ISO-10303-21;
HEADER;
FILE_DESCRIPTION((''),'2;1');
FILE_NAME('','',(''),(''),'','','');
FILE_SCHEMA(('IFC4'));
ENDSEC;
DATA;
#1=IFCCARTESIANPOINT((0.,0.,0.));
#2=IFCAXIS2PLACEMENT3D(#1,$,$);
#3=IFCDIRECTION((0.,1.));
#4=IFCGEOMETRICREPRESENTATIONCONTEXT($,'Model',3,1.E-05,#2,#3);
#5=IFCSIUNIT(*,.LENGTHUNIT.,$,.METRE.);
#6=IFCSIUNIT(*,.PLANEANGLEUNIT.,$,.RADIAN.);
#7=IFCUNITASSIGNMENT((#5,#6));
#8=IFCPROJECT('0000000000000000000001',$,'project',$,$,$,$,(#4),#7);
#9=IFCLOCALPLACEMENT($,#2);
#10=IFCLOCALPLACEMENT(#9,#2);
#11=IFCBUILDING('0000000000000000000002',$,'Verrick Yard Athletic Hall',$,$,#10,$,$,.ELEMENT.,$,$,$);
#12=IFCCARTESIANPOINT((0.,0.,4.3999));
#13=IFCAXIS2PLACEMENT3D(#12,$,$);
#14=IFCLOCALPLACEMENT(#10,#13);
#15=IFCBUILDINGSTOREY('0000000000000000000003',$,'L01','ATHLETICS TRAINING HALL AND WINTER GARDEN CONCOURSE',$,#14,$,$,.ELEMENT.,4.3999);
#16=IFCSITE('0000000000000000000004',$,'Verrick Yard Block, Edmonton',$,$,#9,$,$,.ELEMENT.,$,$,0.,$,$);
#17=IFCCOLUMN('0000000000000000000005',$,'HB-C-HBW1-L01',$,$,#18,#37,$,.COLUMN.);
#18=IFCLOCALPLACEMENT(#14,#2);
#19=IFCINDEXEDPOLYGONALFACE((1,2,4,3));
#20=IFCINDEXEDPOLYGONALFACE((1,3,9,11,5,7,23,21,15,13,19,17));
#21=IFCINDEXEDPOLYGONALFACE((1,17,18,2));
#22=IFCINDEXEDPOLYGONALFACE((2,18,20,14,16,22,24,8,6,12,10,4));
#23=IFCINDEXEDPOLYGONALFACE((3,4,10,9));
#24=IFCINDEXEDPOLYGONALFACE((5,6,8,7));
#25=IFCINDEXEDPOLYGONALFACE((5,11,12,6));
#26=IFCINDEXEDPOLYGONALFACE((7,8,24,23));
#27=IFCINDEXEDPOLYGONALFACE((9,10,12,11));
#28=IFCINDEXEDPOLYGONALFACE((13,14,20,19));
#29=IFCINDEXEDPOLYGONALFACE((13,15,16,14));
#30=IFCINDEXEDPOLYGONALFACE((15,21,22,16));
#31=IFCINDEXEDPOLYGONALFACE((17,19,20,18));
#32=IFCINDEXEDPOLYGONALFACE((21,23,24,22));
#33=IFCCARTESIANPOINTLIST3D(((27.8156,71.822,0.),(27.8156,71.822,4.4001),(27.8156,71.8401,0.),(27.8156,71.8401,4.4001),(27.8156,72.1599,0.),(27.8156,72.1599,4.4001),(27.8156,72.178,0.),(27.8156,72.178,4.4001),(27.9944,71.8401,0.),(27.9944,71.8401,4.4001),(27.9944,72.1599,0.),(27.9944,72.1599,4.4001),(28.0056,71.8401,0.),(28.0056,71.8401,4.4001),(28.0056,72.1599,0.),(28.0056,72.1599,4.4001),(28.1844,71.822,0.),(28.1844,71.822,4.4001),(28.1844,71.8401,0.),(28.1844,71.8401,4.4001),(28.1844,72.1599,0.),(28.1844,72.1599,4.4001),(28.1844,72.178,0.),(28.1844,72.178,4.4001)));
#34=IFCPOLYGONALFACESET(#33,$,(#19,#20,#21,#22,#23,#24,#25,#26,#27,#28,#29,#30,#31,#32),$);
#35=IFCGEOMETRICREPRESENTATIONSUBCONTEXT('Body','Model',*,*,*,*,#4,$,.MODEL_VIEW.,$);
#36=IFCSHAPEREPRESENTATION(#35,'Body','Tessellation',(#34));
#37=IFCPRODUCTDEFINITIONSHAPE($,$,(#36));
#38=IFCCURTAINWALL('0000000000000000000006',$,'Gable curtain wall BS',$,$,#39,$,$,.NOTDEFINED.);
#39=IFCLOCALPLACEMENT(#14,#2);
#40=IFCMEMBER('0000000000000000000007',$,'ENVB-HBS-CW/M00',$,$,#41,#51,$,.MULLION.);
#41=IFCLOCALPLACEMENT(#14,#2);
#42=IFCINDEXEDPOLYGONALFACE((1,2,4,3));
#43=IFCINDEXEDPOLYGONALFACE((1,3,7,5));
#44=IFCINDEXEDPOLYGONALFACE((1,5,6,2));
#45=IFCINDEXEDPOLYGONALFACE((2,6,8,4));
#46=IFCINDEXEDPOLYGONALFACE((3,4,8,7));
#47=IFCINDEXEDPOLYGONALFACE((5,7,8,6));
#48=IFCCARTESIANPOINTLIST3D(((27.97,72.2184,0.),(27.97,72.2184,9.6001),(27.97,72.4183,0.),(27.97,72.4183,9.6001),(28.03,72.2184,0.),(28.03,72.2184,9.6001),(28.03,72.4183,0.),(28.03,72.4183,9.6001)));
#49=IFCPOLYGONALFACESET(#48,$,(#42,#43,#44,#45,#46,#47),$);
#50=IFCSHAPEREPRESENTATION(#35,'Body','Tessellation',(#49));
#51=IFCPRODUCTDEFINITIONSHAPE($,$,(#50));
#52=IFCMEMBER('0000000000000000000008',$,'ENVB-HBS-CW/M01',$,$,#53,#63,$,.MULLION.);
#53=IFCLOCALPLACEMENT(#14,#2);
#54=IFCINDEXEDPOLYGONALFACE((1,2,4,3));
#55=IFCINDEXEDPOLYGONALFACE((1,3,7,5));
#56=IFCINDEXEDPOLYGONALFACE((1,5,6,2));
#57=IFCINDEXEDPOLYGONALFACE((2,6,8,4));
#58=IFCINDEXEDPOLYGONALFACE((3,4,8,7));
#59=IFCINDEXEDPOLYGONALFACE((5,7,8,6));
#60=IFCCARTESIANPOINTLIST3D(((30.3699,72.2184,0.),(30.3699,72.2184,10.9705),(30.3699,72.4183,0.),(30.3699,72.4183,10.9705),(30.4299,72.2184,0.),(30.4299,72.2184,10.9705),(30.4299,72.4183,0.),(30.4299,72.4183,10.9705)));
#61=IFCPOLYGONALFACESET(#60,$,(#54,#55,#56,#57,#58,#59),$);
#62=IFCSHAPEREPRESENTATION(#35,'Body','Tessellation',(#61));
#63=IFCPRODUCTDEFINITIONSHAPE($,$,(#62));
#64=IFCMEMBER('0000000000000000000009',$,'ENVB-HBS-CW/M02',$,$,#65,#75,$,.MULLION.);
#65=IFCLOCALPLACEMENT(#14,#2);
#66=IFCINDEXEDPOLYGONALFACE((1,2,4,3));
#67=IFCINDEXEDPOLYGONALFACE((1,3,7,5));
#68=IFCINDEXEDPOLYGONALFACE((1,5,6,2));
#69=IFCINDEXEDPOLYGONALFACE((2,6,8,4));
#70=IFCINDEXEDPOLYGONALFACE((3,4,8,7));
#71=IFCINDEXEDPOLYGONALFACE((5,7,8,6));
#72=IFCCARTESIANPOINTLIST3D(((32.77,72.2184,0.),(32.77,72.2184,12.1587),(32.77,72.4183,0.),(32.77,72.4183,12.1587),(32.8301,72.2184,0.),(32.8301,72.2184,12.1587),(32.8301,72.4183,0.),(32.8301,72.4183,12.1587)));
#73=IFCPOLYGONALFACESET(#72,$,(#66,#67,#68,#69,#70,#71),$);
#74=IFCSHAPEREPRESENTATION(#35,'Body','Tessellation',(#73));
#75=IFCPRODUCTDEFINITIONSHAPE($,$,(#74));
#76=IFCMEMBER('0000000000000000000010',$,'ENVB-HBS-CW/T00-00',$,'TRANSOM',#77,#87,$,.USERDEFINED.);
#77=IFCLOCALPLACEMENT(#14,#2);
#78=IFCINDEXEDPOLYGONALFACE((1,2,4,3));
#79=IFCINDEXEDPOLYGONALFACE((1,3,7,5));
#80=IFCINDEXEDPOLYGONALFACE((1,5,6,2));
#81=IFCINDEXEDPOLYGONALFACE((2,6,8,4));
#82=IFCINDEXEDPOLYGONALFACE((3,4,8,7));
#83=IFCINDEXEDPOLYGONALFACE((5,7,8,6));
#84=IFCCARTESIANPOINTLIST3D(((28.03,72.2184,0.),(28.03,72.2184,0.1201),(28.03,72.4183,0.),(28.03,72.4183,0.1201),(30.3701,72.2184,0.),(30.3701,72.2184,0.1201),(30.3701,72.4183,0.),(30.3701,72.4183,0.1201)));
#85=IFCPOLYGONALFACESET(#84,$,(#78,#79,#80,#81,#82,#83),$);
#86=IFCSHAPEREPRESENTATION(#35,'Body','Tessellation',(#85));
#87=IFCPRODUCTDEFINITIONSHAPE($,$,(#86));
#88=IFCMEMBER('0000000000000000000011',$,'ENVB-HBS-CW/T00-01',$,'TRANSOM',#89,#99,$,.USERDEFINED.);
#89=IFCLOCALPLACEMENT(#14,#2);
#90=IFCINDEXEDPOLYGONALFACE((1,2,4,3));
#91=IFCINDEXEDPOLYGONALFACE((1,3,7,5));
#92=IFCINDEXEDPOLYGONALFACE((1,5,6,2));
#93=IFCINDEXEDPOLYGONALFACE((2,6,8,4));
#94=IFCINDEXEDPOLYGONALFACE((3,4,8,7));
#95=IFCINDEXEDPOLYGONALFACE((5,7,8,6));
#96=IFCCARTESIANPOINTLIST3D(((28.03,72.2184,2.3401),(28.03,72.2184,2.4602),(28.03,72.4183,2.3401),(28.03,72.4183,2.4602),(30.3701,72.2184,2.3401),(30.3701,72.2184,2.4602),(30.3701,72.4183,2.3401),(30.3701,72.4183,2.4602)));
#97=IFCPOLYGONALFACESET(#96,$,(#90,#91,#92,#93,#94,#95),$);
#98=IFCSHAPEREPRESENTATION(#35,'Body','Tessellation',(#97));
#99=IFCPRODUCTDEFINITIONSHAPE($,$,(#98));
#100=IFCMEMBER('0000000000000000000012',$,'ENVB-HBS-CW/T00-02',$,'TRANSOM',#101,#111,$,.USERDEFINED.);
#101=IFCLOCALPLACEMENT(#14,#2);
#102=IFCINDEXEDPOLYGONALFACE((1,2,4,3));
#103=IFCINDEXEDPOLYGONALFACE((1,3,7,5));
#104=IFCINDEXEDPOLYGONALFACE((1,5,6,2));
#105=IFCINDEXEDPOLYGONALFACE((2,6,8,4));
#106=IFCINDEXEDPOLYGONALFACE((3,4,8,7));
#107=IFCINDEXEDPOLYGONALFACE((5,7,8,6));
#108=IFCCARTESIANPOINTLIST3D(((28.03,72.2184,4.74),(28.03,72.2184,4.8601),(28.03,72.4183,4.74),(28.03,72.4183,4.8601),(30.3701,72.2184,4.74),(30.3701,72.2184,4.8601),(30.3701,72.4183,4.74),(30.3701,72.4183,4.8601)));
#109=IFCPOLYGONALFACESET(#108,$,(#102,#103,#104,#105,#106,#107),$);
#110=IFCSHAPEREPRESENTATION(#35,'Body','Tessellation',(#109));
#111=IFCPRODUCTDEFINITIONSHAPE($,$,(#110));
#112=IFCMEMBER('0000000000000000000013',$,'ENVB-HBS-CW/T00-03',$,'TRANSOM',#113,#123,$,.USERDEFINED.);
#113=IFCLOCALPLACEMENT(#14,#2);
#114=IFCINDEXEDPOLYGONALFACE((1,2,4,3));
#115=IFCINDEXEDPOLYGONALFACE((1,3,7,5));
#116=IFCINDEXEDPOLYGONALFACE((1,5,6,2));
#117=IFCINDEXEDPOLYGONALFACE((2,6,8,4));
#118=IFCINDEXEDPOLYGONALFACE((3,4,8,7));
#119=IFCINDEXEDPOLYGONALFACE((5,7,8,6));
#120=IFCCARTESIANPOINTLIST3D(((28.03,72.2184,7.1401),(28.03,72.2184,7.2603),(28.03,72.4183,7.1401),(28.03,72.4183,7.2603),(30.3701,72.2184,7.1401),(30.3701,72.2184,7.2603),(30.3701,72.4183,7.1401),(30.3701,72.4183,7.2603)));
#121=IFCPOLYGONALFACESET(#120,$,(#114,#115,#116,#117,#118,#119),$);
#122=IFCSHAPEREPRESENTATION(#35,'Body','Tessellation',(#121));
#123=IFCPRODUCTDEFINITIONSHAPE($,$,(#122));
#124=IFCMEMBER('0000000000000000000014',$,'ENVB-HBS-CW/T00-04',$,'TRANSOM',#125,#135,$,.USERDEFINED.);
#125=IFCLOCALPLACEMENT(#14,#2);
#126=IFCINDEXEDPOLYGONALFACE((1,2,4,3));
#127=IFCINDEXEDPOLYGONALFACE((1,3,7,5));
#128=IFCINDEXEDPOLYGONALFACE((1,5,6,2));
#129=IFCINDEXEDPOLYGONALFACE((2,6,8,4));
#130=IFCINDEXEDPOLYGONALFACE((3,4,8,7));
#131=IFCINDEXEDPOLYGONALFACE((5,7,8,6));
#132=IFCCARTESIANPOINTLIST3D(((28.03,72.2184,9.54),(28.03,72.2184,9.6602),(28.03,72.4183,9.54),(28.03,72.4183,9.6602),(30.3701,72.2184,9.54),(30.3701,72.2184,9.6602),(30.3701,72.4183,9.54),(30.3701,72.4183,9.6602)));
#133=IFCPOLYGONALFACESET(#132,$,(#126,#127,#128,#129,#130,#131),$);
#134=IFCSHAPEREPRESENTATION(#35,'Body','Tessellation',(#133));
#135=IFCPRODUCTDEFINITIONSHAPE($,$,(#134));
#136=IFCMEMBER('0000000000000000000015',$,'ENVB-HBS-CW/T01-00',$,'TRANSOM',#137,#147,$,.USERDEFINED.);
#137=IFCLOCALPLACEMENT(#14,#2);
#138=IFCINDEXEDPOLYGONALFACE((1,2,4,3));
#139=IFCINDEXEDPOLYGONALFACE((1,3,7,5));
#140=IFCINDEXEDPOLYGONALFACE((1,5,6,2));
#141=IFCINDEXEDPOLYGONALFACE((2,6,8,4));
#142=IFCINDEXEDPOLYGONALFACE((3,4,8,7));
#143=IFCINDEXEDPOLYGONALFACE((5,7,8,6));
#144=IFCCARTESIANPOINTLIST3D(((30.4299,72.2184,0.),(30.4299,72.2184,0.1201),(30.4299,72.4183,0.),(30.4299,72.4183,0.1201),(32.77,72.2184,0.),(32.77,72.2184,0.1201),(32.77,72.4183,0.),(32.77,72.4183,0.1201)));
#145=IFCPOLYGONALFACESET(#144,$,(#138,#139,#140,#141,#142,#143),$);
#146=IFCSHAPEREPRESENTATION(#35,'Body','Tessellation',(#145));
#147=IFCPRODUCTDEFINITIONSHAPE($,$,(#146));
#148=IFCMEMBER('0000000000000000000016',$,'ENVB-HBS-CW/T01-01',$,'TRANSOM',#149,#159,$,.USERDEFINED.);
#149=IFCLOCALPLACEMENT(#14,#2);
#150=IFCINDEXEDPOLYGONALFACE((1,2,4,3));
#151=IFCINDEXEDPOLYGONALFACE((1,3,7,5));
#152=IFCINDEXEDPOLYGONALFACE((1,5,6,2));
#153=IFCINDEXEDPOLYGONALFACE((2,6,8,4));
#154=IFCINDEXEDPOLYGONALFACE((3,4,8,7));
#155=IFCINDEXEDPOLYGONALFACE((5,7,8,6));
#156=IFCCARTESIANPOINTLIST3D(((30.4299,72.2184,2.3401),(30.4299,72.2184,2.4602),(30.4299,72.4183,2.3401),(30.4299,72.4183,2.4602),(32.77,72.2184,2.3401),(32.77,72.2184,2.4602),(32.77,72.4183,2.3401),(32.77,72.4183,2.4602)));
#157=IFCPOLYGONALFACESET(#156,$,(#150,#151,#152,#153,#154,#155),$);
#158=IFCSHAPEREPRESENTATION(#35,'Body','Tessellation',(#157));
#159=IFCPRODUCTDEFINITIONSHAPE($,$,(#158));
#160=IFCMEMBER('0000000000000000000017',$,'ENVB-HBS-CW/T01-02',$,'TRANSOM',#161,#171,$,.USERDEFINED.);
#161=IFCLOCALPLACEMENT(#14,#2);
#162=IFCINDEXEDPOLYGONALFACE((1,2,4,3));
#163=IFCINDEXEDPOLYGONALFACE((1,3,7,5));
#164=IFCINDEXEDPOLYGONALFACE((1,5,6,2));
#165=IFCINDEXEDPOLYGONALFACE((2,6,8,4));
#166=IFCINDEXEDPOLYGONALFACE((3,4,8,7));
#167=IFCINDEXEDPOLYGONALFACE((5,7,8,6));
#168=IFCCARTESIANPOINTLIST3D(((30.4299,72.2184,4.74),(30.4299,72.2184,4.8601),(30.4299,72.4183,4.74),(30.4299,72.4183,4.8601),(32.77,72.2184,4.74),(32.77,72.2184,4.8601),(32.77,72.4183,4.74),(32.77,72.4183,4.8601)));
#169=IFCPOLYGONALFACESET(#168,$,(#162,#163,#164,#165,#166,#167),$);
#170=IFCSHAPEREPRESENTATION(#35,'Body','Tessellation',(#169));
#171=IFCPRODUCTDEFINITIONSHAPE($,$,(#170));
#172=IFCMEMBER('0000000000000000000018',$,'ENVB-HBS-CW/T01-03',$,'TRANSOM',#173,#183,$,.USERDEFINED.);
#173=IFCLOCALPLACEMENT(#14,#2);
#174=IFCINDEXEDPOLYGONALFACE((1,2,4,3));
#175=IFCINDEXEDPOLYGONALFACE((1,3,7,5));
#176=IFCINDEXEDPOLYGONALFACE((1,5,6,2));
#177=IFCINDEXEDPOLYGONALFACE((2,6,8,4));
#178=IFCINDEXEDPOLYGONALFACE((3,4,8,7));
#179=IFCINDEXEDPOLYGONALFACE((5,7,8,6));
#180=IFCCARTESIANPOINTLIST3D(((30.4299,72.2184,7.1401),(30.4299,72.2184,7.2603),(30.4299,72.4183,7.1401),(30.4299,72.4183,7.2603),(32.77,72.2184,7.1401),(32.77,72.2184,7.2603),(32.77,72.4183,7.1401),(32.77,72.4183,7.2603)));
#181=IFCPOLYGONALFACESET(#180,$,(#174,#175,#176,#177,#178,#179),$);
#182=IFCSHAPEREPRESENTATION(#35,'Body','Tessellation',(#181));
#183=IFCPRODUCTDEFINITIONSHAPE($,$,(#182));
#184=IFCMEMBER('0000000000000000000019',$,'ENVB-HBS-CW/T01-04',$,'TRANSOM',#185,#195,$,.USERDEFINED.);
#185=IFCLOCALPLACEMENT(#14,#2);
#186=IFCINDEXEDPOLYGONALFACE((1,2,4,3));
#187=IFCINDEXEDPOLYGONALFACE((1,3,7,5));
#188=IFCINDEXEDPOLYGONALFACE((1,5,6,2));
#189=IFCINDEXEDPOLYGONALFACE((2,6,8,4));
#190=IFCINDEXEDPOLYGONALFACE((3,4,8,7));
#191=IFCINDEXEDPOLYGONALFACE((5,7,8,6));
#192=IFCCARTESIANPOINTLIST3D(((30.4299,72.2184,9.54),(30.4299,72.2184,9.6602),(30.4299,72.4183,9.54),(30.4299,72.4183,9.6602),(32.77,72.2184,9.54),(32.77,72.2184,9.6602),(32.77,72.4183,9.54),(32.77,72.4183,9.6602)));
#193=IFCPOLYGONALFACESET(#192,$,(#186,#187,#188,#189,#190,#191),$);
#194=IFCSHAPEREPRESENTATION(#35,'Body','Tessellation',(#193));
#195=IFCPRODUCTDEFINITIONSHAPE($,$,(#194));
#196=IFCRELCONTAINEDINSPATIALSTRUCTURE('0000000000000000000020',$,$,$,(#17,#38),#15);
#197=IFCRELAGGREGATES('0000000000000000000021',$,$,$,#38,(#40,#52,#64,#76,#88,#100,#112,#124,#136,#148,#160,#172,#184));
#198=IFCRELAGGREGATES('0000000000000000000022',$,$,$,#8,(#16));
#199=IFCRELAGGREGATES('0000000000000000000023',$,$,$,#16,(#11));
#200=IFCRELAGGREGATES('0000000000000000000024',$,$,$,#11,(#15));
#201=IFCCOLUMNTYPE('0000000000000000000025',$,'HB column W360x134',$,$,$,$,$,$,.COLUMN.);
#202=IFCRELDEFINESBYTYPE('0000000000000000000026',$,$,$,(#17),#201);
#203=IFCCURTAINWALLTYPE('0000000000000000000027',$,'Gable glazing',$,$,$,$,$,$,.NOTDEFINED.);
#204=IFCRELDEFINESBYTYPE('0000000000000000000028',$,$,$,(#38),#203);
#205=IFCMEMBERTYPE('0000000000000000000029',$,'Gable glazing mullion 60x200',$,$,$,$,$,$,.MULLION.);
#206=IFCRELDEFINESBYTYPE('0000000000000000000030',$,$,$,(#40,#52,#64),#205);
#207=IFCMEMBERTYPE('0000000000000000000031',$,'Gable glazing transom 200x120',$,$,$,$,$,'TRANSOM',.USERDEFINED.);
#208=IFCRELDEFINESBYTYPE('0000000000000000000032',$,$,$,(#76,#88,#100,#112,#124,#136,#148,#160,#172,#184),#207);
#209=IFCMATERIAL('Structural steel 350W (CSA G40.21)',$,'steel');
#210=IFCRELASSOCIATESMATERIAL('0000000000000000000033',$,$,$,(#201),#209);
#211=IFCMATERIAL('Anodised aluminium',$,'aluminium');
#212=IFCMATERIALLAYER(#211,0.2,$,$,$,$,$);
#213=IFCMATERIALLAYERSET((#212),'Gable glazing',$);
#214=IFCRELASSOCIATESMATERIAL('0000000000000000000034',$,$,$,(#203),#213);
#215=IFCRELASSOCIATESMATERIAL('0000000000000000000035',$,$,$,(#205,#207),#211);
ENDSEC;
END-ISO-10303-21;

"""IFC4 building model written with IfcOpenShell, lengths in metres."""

from ifc_helpers import new_model, si_unit, direction, frame, origin, origin_2d, place, context, subcontext, project, spatial, rectangle, i_section, extrude, material, layer, layer_set, material_profile, profile_set, type_object, element, aggregate, save


model = new_model("IFC4")

# Units and contexts
model_context = context("Model", 3, precision=1e-05, world=origin(), true_north=direction((0.0, 1.0)))
body_context = subcontext(model_context, "Body", "Model", "MODEL_VIEW")
ifc_project = project(units=[si_unit("LENGTHUNIT", "METRE"), si_unit("PLANEANGLEUNIT", "RADIAN")], contexts=[model_context])

# Site, building, storey
site_placement = place(None, origin())
site = spatial("IfcSite", under=ifc_project, at=site_placement, Name="Verrick Yard Block, Edmonton", CompositionType="ELEMENT", RefElevation=0.0)
building_placement = place(site_placement, origin())
building = spatial("IfcBuilding", under=site, at=building_placement, Name="Verrick Yard Athletic Hall", CompositionType="ELEMENT")
storey_placement = place(building_placement, frame((0.0, 0.0, 4.3999)))
storey = spatial("IfcBuildingStorey", under=building, at=storey_placement, Name="L01", Description="ATHLETICS TRAINING HALL AND WINTER GARDEN CONCOURSE", CompositionType="ELEMENT", Elevation=4.3999)

# Column
ifc_material_1 = material(Name="Structural steel 350W (CSA G40.21)", Category="steel")
ifc_material_profile_1 = material_profile(ifc_material_1, i_section(OverallWidth=0.3689, OverallDepth=0.356, WebThickness=0.0112, FlangeThickness=0.0181, at=origin_2d()), Name="W360x134")
ifc_profile_set_1 = profile_set([ifc_material_profile_1], Name="Structural steel 350W (CSA G40.21)")
column_type = type_object("IfcColumnType", Name="HB column W360x134", PredefinedType="COLUMN", material=ifc_profile_set_1)
column_placement = place(storey_placement, frame((28.0, 72.0, 0.0), z_axis=(0.0, 0.0, 1.0), x_axis=(1.0, 0.0, 0.0)))
element("IfcColumn", 1, at=column_placement, inside=storey, type_object=column_type, Name="HB-C-HBW1-L01", PredefinedType="COLUMN", context=body_context, shape_type="SweptSolid", body=[
    extrude(i_section(OverallWidth=0.3689, OverallDepth=0.356, WebThickness=0.0112, FlangeThickness=0.0181, at=origin_2d()), origin(), (0.0, 0.0, 1.0), 4.4001),
])

# Curtain wall, members
ifc_material_2 = material(Name="Anodised aluminium", Category="aluminium")
ifc_layer_1 = layer(ifc_material_2, 0.2)
ifc_layer_set_1 = layer_set([ifc_layer_1], Name="Gable glazing")
curtain_wall_type = type_object("IfcCurtainWallType", Name="Gable glazing", PredefinedType="NOTDEFINED", material=ifc_layer_set_1)
curtain_wall_placement = place(storey_placement, origin())
curtain_wall = element("IfcCurtainWall", 2, at=curtain_wall_placement, inside=storey, type_object=curtain_wall_type, Name="Gable curtain wall BS", PredefinedType="NOTDEFINED")
ifc_material_profile_2 = material_profile(ifc_material_2, rectangle(XDim=0.2, YDim=0.0601, at=origin_2d()), Name="CW gable mullion 60x200")
ifc_profile_set_2 = profile_set([ifc_material_profile_2], Name="Anodised aluminium")
member_type_1 = type_object("IfcMemberType", Name="Gable glazing mullion 60x200", PredefinedType="MULLION", material=ifc_profile_set_2)
member_1_placement = place(storey_placement, frame((28.0, 72.3184, 0.0), z_axis=(0.0, 0.0, 1.0), x_axis=(0.0, 1.0, 0.0)))
member_1 = element("IfcMember", 3, at=member_1_placement, type_object=member_type_1, Name="ENVB-HBS-CW/M00", PredefinedType="MULLION", context=body_context, shape_type="SweptSolid", body=[
    extrude(rectangle(XDim=0.2, YDim=0.0601, at=origin_2d()), origin(), (0.0, 0.0, 1.0), 9.6001),
])
member_2_placement = place(storey_placement, frame((30.3999, 72.3184, 0.0), z_axis=(0.0, 0.0, 1.0), x_axis=(0.0, 1.0, 0.0)))
member_2 = element("IfcMember", 4, at=member_2_placement, type_object=member_type_1, Name="ENVB-HBS-CW/M01", PredefinedType="MULLION", context=body_context, shape_type="SweptSolid", body=[
    extrude(rectangle(XDim=0.2, YDim=0.0601, at=origin_2d()), origin(), (0.0, 0.0, 1.0), 10.9705),
])
member_3_placement = place(storey_placement, frame((32.8, 72.3184, 0.0), z_axis=(0.0, 0.0, 1.0), x_axis=(0.0, 1.0, 0.0)))
member_3 = element("IfcMember", 5, at=member_3_placement, type_object=member_type_1, Name="ENVB-HBS-CW/M02", PredefinedType="MULLION", context=body_context, shape_type="SweptSolid", body=[
    extrude(rectangle(XDim=0.2, YDim=0.0601, at=origin_2d()), origin(), (0.0, 0.0, 1.0), 12.1587),
])
ifc_material_profile_3 = material_profile(ifc_material_2, rectangle(XDim=0.2, YDim=0.1201, at=origin_2d()), Name="CW gable transom 200x120")
ifc_profile_set_3 = profile_set([ifc_material_profile_3], Name="Anodised aluminium")
member_type_2 = type_object("IfcMemberType", Name="Gable glazing transom 200x120", ElementType="TRANSOM", PredefinedType="USERDEFINED", material=ifc_profile_set_3)
member_4_placement = place(storey_placement, frame((28.03, 72.3184, 0.0601), z_axis=(1.0, 0.0, 0.0), x_axis=(0.0, 1.0, 0.0)))
member_4 = element("IfcMember", 6, at=member_4_placement, type_object=member_type_2, Name="ENVB-HBS-CW/T00-00", ObjectType="TRANSOM", PredefinedType="USERDEFINED", context=body_context, shape_type="SweptSolid", body=[
    extrude(rectangle(XDim=0.2, YDim=0.1201, at=origin_2d()), origin(), (0.0, 0.0, 1.0), 2.3401),
])
member_5_placement = place(storey_placement, frame((28.03, 72.3184, 2.4001), z_axis=(1.0, 0.0, 0.0), x_axis=(0.0, 1.0, 0.0)))
member_5 = element("IfcMember", 7, at=member_5_placement, type_object=member_type_2, Name="ENVB-HBS-CW/T00-01", ObjectType="TRANSOM", PredefinedType="USERDEFINED", context=body_context, shape_type="SweptSolid", body=[
    extrude(rectangle(XDim=0.2, YDim=0.1201, at=origin_2d()), origin(), (0.0, 0.0, 1.0), 2.3401),
])
member_6_placement = place(storey_placement, frame((28.03, 72.3184, 4.8), z_axis=(1.0, 0.0, 0.0), x_axis=(0.0, 1.0, 0.0)))
member_6 = element("IfcMember", 8, at=member_6_placement, type_object=member_type_2, Name="ENVB-HBS-CW/T00-02", ObjectType="TRANSOM", PredefinedType="USERDEFINED", context=body_context, shape_type="SweptSolid", body=[
    extrude(rectangle(XDim=0.2, YDim=0.1201, at=origin_2d()), origin(), (0.0, 0.0, 1.0), 2.3401),
])
member_7_placement = place(storey_placement, frame((28.03, 72.3184, 7.2002), z_axis=(1.0, 0.0, 0.0), x_axis=(0.0, 1.0, 0.0)))
member_7 = element("IfcMember", 9, at=member_7_placement, type_object=member_type_2, Name="ENVB-HBS-CW/T00-03", ObjectType="TRANSOM", PredefinedType="USERDEFINED", context=body_context, shape_type="SweptSolid", body=[
    extrude(rectangle(XDim=0.2, YDim=0.1201, at=origin_2d()), origin(), (0.0, 0.0, 1.0), 2.3401),
])
member_8_placement = place(storey_placement, frame((28.03, 72.3184, 9.6001), z_axis=(1.0, 0.0, 0.0), x_axis=(0.0, 1.0, 0.0)))
member_8 = element("IfcMember", 10, at=member_8_placement, type_object=member_type_2, Name="ENVB-HBS-CW/T00-04", ObjectType="TRANSOM", PredefinedType="USERDEFINED", context=body_context, shape_type="SweptSolid", body=[
    extrude(rectangle(XDim=0.2, YDim=0.1201, at=origin_2d()), origin(), (0.0, 0.0, 1.0), 2.3401),
])
member_9_placement = place(storey_placement, frame((30.4299, 72.3184, 0.0601), z_axis=(1.0, 0.0, 0.0), x_axis=(0.0, 1.0, 0.0)))
member_9 = element("IfcMember", 11, at=member_9_placement, type_object=member_type_2, Name="ENVB-HBS-CW/T01-00", ObjectType="TRANSOM", PredefinedType="USERDEFINED", context=body_context, shape_type="SweptSolid", body=[
    extrude(rectangle(XDim=0.2, YDim=0.1201, at=origin_2d()), origin(), (0.0, 0.0, 1.0), 2.3401),
])
member_10_placement = place(storey_placement, frame((30.4299, 72.3184, 2.4001), z_axis=(1.0, 0.0, 0.0), x_axis=(0.0, 1.0, 0.0)))
member_10 = element("IfcMember", 12, at=member_10_placement, type_object=member_type_2, Name="ENVB-HBS-CW/T01-01", ObjectType="TRANSOM", PredefinedType="USERDEFINED", context=body_context, shape_type="SweptSolid", body=[
    extrude(rectangle(XDim=0.2, YDim=0.1201, at=origin_2d()), origin(), (0.0, 0.0, 1.0), 2.3401),
])
member_11_placement = place(storey_placement, frame((30.4299, 72.3184, 4.8), z_axis=(1.0, 0.0, 0.0), x_axis=(0.0, 1.0, 0.0)))
member_11 = element("IfcMember", 13, at=member_11_placement, type_object=member_type_2, Name="ENVB-HBS-CW/T01-02", ObjectType="TRANSOM", PredefinedType="USERDEFINED", context=body_context, shape_type="SweptSolid", body=[
    extrude(rectangle(XDim=0.2, YDim=0.1201, at=origin_2d()), origin(), (0.0, 0.0, 1.0), 2.3401),
])
member_12_placement = place(storey_placement, frame((30.4299, 72.3184, 7.2002), z_axis=(1.0, 0.0, 0.0), x_axis=(0.0, 1.0, 0.0)))
member_12 = element("IfcMember", 14, at=member_12_placement, type_object=member_type_2, Name="ENVB-HBS-CW/T01-03", ObjectType="TRANSOM", PredefinedType="USERDEFINED", context=body_context, shape_type="SweptSolid", body=[
    extrude(rectangle(XDim=0.2, YDim=0.1201, at=origin_2d()), origin(), (0.0, 0.0, 1.0), 2.3401),
])
member_13_placement = place(storey_placement, frame((30.4299, 72.3184, 9.6001), z_axis=(1.0, 0.0, 0.0), x_axis=(0.0, 1.0, 0.0)))
member_13 = element("IfcMember", 15, at=member_13_placement, type_object=member_type_2, Name="ENVB-HBS-CW/T01-04", ObjectType="TRANSOM", PredefinedType="USERDEFINED", context=body_context, shape_type="SweptSolid", body=[
    extrude(rectangle(XDim=0.2, YDim=0.1201, at=origin_2d()), origin(), (0.0, 0.0, 1.0), 2.3401),
])

aggregate(curtain_wall, [member_1, member_2, member_3, member_4, member_5, member_6, member_7, member_8, member_9, member_10, member_11, member_12, member_13])

save(model, "model.ifc")
